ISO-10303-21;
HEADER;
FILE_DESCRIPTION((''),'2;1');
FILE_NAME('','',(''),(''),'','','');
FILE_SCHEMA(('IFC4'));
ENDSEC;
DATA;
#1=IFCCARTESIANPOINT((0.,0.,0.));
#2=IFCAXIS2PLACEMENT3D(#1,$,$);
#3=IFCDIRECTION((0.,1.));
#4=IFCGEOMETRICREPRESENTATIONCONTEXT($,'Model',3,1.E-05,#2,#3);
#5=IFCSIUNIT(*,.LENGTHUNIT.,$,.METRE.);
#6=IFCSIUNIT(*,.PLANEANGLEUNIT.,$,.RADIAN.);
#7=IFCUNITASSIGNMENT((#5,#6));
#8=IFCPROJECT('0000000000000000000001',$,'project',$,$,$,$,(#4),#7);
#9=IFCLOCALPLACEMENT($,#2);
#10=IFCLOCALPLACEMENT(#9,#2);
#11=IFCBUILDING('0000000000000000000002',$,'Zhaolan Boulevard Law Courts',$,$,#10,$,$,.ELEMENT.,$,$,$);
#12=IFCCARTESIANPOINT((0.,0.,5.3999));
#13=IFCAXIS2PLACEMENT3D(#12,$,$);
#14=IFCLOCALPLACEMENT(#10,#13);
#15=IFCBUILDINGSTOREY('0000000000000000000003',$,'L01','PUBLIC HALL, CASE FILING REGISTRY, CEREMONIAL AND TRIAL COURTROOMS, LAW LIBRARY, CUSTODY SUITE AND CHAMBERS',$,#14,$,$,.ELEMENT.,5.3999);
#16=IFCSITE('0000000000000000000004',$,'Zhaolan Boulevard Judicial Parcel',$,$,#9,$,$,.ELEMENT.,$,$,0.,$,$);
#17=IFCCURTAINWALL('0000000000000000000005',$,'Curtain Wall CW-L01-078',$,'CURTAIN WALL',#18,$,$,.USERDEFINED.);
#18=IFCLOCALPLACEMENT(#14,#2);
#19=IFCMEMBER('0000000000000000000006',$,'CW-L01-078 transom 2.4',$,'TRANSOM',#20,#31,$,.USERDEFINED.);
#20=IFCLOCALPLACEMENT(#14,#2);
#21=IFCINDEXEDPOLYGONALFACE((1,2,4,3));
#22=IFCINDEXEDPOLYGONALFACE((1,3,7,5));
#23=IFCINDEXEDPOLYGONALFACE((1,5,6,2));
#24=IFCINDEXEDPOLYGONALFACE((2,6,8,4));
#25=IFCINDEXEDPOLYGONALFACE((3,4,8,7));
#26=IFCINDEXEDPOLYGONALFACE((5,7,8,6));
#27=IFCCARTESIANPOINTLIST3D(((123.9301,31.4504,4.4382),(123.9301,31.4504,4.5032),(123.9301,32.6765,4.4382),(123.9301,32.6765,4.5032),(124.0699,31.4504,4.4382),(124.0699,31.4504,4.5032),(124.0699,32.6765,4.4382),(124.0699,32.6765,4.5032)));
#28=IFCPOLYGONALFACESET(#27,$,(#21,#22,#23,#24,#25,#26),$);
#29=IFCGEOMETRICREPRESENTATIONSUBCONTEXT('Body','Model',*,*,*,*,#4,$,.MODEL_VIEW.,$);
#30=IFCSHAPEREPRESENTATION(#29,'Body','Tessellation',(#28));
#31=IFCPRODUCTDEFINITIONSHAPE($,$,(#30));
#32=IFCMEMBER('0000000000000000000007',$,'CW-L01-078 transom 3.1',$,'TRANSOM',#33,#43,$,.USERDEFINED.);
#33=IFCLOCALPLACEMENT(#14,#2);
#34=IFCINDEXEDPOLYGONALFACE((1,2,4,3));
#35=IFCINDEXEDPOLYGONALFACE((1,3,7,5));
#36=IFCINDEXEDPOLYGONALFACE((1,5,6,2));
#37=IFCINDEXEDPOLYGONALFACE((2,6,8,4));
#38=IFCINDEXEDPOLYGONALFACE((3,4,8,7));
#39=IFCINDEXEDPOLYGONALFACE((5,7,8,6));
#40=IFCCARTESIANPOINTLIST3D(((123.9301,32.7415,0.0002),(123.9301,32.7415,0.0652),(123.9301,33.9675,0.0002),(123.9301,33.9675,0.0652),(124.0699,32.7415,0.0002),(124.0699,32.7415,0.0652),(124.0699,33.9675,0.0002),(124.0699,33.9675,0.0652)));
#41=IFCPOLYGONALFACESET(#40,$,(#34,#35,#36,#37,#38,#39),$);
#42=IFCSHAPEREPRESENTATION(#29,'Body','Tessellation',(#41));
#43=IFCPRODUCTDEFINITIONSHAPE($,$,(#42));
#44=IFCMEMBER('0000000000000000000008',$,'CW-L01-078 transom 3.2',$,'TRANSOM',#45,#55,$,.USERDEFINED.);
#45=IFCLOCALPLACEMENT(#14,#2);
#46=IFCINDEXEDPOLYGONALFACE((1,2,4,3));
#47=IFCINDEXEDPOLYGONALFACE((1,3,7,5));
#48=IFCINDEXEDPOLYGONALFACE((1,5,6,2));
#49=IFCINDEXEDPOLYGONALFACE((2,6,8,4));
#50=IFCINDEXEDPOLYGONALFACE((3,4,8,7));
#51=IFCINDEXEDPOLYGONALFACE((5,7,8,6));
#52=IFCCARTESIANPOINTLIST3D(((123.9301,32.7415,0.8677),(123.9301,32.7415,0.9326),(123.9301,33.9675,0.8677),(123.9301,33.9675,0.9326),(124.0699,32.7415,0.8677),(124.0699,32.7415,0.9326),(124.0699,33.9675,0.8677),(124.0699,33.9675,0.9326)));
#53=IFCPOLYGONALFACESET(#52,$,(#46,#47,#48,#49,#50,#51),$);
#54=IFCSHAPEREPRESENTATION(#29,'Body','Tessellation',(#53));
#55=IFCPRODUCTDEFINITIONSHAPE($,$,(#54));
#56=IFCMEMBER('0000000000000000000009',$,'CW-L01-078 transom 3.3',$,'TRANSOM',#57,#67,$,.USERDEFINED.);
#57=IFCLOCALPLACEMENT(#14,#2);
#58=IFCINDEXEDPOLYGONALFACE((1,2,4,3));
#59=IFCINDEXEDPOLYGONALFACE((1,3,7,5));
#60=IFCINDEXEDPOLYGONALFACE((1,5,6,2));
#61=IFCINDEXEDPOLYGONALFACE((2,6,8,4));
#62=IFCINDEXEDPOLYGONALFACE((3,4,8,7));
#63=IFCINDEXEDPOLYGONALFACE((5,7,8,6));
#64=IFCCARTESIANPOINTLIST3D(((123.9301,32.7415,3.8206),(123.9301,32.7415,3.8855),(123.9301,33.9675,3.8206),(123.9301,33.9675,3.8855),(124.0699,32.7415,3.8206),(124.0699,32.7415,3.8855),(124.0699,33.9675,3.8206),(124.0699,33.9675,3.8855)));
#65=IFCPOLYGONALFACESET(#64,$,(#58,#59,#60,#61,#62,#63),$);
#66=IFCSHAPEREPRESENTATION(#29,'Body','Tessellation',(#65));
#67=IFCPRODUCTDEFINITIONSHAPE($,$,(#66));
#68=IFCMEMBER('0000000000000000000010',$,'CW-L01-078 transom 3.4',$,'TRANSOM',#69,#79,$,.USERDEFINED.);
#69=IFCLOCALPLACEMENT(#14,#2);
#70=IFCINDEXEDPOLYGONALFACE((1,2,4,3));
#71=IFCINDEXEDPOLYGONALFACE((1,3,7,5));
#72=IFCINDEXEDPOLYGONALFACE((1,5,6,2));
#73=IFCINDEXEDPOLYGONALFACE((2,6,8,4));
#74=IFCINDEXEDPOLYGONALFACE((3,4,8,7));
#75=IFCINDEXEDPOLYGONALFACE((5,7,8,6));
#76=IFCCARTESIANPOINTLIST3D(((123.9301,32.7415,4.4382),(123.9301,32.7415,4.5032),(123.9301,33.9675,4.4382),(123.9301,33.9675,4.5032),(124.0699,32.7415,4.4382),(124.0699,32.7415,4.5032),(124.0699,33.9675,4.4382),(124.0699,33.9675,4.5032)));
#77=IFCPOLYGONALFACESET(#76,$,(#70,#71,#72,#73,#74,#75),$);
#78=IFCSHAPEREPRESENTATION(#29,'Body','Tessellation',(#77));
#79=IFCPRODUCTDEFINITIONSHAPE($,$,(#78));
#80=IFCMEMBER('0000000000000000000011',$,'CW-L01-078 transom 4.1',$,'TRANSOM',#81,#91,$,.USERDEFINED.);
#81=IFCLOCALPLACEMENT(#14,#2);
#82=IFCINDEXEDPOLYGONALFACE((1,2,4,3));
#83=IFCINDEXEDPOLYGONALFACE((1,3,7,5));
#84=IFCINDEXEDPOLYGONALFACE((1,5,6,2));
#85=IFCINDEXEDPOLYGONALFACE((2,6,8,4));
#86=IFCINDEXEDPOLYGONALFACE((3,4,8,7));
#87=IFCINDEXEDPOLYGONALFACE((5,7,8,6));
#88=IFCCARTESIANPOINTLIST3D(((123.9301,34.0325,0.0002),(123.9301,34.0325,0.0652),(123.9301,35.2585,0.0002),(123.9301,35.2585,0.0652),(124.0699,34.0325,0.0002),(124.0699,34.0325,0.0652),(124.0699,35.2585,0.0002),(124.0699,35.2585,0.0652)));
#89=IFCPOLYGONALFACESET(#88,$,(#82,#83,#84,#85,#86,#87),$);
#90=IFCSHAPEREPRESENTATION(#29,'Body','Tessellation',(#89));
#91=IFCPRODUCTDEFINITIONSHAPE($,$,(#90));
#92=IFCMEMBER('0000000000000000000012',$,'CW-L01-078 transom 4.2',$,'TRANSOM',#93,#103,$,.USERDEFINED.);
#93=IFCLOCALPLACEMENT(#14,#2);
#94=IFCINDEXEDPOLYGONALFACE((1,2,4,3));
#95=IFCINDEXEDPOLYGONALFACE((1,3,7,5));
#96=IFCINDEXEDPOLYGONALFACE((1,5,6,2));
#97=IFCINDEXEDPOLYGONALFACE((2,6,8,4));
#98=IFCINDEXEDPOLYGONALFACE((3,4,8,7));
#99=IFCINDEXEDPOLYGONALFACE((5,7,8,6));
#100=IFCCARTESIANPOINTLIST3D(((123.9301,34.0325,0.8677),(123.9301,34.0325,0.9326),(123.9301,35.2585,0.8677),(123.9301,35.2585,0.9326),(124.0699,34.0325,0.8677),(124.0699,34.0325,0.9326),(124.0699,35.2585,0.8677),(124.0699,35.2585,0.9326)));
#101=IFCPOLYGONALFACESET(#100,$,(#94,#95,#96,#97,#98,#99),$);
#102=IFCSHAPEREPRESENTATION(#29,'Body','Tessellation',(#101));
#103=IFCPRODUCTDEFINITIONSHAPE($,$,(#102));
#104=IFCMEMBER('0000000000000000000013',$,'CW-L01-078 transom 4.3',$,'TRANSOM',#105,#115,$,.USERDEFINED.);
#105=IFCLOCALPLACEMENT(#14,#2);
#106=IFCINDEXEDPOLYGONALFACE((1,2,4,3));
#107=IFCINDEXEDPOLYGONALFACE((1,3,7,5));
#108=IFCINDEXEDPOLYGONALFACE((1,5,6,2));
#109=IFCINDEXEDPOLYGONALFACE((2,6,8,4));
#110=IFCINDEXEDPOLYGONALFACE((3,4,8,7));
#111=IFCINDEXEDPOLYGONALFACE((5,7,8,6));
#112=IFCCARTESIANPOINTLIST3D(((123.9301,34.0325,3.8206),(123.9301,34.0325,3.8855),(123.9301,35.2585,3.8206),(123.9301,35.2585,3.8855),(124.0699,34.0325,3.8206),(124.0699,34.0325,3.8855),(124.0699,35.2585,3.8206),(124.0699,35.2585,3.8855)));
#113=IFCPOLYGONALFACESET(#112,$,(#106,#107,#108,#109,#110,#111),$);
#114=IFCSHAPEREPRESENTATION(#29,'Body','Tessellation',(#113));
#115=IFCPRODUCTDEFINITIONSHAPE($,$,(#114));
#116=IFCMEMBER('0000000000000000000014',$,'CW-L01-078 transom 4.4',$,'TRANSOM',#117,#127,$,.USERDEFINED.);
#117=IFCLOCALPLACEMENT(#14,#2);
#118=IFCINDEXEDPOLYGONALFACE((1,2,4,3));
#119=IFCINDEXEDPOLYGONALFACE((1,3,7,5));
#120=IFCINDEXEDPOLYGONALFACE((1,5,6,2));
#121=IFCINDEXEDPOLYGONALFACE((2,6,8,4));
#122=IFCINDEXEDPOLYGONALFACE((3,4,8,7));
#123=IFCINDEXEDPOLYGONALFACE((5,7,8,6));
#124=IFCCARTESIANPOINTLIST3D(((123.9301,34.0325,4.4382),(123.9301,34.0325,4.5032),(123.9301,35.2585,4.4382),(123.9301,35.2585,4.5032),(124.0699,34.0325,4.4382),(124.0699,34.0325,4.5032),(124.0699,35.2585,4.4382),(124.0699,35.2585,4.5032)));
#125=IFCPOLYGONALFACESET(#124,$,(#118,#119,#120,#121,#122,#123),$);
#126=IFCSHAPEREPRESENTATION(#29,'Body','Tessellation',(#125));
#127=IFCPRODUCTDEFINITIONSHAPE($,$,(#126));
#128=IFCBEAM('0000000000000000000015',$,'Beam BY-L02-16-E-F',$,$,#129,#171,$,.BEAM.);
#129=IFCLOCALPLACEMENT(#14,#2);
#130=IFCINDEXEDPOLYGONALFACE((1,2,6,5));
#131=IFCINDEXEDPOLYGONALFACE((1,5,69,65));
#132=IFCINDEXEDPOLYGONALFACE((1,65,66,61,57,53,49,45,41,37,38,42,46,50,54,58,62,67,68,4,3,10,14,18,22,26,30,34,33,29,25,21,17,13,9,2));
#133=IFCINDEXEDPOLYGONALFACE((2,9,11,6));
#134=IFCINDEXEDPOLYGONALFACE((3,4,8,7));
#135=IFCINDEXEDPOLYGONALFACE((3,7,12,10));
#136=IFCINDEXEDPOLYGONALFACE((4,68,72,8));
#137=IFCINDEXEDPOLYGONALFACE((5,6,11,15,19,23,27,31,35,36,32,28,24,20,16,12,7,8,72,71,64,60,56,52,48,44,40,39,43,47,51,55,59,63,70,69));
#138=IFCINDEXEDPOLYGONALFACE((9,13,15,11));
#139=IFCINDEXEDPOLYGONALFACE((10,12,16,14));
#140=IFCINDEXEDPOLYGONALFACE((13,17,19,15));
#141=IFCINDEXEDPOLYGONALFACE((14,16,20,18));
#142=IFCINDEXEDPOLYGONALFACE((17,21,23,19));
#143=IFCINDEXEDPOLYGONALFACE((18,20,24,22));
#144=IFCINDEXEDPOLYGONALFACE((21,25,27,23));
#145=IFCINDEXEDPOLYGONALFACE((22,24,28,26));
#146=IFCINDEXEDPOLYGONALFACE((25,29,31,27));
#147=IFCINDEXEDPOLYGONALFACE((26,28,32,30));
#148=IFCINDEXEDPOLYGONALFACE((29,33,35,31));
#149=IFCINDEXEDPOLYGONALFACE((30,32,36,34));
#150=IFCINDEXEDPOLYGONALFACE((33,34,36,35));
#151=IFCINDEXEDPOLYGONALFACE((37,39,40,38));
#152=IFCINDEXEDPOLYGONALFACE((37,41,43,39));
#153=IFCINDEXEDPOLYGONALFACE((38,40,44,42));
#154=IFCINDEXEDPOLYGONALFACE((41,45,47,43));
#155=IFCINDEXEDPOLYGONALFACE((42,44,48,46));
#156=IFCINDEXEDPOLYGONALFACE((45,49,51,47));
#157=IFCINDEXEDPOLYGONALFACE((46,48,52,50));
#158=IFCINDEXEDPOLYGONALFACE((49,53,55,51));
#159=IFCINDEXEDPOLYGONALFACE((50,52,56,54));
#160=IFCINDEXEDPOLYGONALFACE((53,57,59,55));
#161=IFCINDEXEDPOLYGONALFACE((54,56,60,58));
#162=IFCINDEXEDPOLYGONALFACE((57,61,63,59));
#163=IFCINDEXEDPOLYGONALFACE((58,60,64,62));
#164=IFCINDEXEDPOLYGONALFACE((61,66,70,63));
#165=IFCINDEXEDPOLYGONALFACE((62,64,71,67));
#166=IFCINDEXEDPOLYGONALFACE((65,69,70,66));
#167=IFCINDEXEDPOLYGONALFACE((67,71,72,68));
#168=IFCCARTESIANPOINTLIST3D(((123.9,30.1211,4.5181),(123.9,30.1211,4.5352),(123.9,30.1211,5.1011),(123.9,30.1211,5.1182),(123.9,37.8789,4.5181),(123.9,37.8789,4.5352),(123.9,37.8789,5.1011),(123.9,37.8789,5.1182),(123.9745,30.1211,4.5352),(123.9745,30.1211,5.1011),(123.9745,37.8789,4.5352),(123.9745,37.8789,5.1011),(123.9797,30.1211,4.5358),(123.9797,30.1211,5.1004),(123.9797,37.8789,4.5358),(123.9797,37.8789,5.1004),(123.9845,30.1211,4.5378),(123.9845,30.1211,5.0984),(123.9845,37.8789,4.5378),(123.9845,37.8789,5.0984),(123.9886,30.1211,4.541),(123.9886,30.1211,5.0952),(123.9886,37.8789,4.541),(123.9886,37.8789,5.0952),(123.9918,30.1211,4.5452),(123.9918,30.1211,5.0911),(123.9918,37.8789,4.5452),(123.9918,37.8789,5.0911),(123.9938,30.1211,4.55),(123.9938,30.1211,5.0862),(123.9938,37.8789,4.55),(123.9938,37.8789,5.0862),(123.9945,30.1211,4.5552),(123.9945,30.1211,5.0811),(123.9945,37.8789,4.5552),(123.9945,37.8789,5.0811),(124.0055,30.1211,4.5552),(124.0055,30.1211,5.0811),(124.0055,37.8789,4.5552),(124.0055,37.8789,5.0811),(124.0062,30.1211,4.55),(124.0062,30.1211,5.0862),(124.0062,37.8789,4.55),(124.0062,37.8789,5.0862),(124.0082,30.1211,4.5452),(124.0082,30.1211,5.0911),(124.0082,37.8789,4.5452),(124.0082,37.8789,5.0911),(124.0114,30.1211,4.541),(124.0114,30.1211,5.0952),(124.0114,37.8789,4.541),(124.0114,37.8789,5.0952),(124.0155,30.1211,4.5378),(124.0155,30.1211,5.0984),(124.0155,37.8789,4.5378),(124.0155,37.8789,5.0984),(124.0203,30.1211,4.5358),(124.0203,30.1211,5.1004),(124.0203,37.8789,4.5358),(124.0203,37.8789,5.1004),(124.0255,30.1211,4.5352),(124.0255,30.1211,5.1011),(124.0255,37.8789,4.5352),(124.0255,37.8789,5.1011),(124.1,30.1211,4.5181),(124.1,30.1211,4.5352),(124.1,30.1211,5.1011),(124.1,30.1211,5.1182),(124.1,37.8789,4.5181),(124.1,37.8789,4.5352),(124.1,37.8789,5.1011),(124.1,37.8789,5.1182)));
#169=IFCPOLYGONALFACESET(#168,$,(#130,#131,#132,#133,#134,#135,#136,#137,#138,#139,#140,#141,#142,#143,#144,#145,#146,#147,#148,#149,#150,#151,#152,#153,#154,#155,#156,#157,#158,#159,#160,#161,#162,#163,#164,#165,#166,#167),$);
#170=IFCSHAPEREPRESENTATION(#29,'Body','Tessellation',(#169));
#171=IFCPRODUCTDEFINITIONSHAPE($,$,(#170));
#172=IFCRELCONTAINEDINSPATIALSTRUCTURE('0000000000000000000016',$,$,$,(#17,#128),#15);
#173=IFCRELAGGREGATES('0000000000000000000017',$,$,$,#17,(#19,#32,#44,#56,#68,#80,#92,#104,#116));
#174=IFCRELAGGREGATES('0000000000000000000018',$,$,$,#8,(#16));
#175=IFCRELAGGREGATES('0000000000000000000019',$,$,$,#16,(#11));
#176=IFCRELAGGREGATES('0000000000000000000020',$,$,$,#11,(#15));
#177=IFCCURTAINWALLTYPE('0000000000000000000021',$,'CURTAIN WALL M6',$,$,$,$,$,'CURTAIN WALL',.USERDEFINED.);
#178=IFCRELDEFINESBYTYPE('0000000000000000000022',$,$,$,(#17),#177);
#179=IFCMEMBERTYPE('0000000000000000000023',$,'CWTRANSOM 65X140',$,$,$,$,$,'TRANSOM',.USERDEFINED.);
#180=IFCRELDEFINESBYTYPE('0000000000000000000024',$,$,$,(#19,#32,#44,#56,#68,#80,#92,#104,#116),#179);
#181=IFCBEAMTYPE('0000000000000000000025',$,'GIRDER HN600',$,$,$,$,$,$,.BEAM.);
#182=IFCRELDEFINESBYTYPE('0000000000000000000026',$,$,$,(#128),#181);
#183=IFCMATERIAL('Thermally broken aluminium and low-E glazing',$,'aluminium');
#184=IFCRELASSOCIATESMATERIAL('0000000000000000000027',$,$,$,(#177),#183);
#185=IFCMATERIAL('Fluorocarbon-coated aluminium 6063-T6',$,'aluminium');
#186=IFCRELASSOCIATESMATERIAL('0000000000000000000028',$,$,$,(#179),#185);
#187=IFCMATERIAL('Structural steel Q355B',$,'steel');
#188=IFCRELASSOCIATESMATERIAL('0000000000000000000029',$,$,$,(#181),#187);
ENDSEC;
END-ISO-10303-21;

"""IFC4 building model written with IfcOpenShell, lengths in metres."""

from ifc_helpers import new_model, si_unit, direction, frame, origin, origin_2d, place, context, subcontext, project, spatial, rectangle, i_section, extrude, material, material_profile, profile_set, type_object, element, aggregate, save


model = new_model("IFC4")

# Units and contexts
model_context = context("Model", 3, precision=1e-05, world=origin(), true_north=direction((0.0, 1.0)))
body_context = subcontext(model_context, "Body", "Model", "MODEL_VIEW")
ifc_project = project(units=[si_unit("LENGTHUNIT", "METRE"), si_unit("PLANEANGLEUNIT", "RADIAN")], contexts=[model_context])

# Site, building, storey
site_placement = place(None, origin())
site = spatial("IfcSite", under=ifc_project, at=site_placement, Name="Zhaolan Boulevard Judicial Parcel", CompositionType="ELEMENT", RefElevation=0.0)
building_placement = place(site_placement, origin())
building = spatial("IfcBuilding", under=site, at=building_placement, Name="Zhaolan Boulevard Law Courts", CompositionType="ELEMENT")
storey_placement = place(building_placement, frame((0.0, 0.0, 5.3999)))
storey = spatial("IfcBuildingStorey", under=building, at=storey_placement, Name="L01", Description="PUBLIC HALL, CASE FILING REGISTRY, CEREMONIAL AND TRIAL COURTROOMS, LAW LIBRARY, CUSTODY SUITE AND CHAMBERS", CompositionType="ELEMENT", Elevation=5.3999)

# Curtain wall, members
ifc_material_1 = material(Name="Thermally broken aluminium and low-E glazing", Category="aluminium")
curtain_wall_type = type_object("IfcCurtainWallType", Name="CURTAIN WALL M6", ElementType="CURTAIN WALL", PredefinedType="USERDEFINED", material=ifc_material_1)
curtain_wall_placement = place(storey_placement, origin())
curtain_wall = element("IfcCurtainWall", 1, at=curtain_wall_placement, inside=storey, type_object=curtain_wall_type, Name="Curtain Wall CW-L01-078", ObjectType="CURTAIN WALL", PredefinedType="USERDEFINED")
ifc_material_2 = material(Name="Fluorocarbon-coated aluminium 6063-T6", Category="aluminium")
ifc_material_profile_1 = material_profile(ifc_material_2, rectangle(XDim=0.1399, YDim=0.0649, at=origin_2d()), Name="AL65x140")
ifc_profile_set_1 = profile_set([ifc_material_profile_1], Name="Fluorocarbon-coated aluminium 6063-T6")
member_type_1 = type_object("IfcMemberType", Name="CWTRANSOM 65X140", ElementType="TRANSOM", PredefinedType="USERDEFINED", material=ifc_profile_set_1)
member_1_placement = place(storey_placement, frame((124.0, 31.4504, 4.4707), z_axis=(0.0, 1.0, 0.0), x_axis=(-1.0, 0.0, 0.0)))
member_1 = element("IfcMember", 2, at=member_1_placement, type_object=member_type_1, Name="CW-L01-078 transom 2.4", ObjectType="TRANSOM", PredefinedType="USERDEFINED", context=body_context, shape_type="SweptSolid", body=[
    extrude(rectangle(XDim=0.1399, YDim=0.0649, at=origin_2d()), origin(), (0.0, 0.0, 1.0), 1.2261),
])
member_2_placement = place(storey_placement, frame((124.0, 32.7415, 0.0327), z_axis=(0.0, 1.0, 0.0), x_axis=(-1.0, 0.0, 0.0)))
member_2 = element("IfcMember", 3, at=member_2_placement, type_object=member_type_1, Name="CW-L01-078 transom 3.1", ObjectType="TRANSOM", PredefinedType="USERDEFINED", context=body_context, shape_type="SweptSolid", body=[
    extrude(rectangle(XDim=0.1399, YDim=0.0649, at=origin_2d()), origin(), (0.0, 0.0, 1.0), 1.2261),
])
member_3_placement = place(storey_placement, frame((124.0, 32.7415, 0.9001), z_axis=(0.0, 1.0, 0.0), x_axis=(-1.0, 0.0, 0.0)))
member_3 = element("IfcMember", 4, at=member_3_placement, type_object=member_type_1, Name="CW-L01-078 transom 3.2", ObjectType="TRANSOM", PredefinedType="USERDEFINED", context=body_context, shape_type="SweptSolid", body=[
    extrude(rectangle(XDim=0.1399, YDim=0.0649, at=origin_2d()), origin(), (0.0, 0.0, 1.0), 1.2261),
])
member_4_placement = place(storey_placement, frame((124.0, 32.7415, 3.853), z_axis=(0.0, 1.0, 0.0), x_axis=(-1.0, 0.0, 0.0)))
member_4 = element("IfcMember", 5, at=member_4_placement, type_object=member_type_1, Name="CW-L01-078 transom 3.3", ObjectType="TRANSOM", PredefinedType="USERDEFINED", context=body_context, shape_type="SweptSolid", body=[
    extrude(rectangle(XDim=0.1399, YDim=0.0649, at=origin_2d()), origin(), (0.0, 0.0, 1.0), 1.2261),
])
member_5_placement = place(storey_placement, frame((124.0, 32.7415, 4.4707), z_axis=(0.0, 1.0, 0.0), x_axis=(-1.0, 0.0, 0.0)))
member_5 = element("IfcMember", 6, at=member_5_placement, type_object=member_type_1, Name="CW-L01-078 transom 3.4", ObjectType="TRANSOM", PredefinedType="USERDEFINED", context=body_context, shape_type="SweptSolid", body=[
    extrude(rectangle(XDim=0.1399, YDim=0.0649, at=origin_2d()), origin(), (0.0, 0.0, 1.0), 1.2261),
])
member_6_placement = place(storey_placement, frame((124.0, 34.0325, 0.0327), z_axis=(0.0, 1.0, 0.0), x_axis=(-1.0, 0.0, 0.0)))
member_6 = element("IfcMember", 7, at=member_6_placement, type_object=member_type_1, Name="CW-L01-078 transom 4.1", ObjectType="TRANSOM", PredefinedType="USERDEFINED", context=body_context, shape_type="SweptSolid", body=[
    extrude(rectangle(XDim=0.1399, YDim=0.0649, at=origin_2d()), origin(), (0.0, 0.0, 1.0), 1.2261),
])
member_7_placement = place(storey_placement, frame((124.0, 34.0325, 0.9001), z_axis=(0.0, 1.0, 0.0), x_axis=(-1.0, 0.0, 0.0)))
member_7 = element("IfcMember", 8, at=member_7_placement, type_object=member_type_1, Name="CW-L01-078 transom 4.2", ObjectType="TRANSOM", PredefinedType="USERDEFINED", context=body_context, shape_type="SweptSolid", body=[
    extrude(rectangle(XDim=0.1399, YDim=0.0649, at=origin_2d()), origin(), (0.0, 0.0, 1.0), 1.2261),
])
member_8_placement = place(storey_placement, frame((124.0, 34.0325, 3.853), z_axis=(0.0, 1.0, 0.0), x_axis=(-1.0, 0.0, 0.0)))
member_8 = element("IfcMember", 9, at=member_8_placement, type_object=member_type_1, Name="CW-L01-078 transom 4.3", ObjectType="TRANSOM", PredefinedType="USERDEFINED", context=body_context, shape_type="SweptSolid", body=[
    extrude(rectangle(XDim=0.1399, YDim=0.0649, at=origin_2d()), origin(), (0.0, 0.0, 1.0), 1.2261),
])
member_9_placement = place(storey_placement, frame((124.0, 34.0325, 4.4707), z_axis=(0.0, 1.0, 0.0), x_axis=(-1.0, 0.0, 0.0)))
member_9 = element("IfcMember", 10, at=member_9_placement, type_object=member_type_1, Name="CW-L01-078 transom 4.4", ObjectType="TRANSOM", PredefinedType="USERDEFINED", context=body_context, shape_type="SweptSolid", body=[
    extrude(rectangle(XDim=0.1399, YDim=0.0649, at=origin_2d()), origin(), (0.0, 0.0, 1.0), 1.2261),
])

# Beam
ifc_material_3 = material(Name="Structural steel Q355B", Category="steel")
ifc_material_profile_2 = material_profile(ifc_material_3, i_section(OverallWidth=0.2, OverallDepth=0.6001, WebThickness=0.011, FlangeThickness=0.0171, FilletRadius=0.02, at=origin_2d()), Name="HN600x200")
ifc_profile_set_2 = profile_set([ifc_material_profile_2], Name="Structural steel Q355B")
beam_type_1 = type_object("IfcBeamType", Name="GIRDER HN600", PredefinedType="BEAM", material=ifc_profile_set_2)
beam_1_placement = place(storey_placement, frame((124.0, 30.1211, 4.8181), z_axis=(0.0, 1.0, 0.0), x_axis=(-1.0, 0.0, 0.0)))
element("IfcBeam", 11, at=beam_1_placement, inside=storey, type_object=beam_type_1, Name="Beam BY-L02-16-E-F", PredefinedType="BEAM", context=body_context, shape_type="SweptSolid", body=[
    extrude(i_section(OverallWidth=0.2, OverallDepth=0.6001, WebThickness=0.011, FlangeThickness=0.0171, FilletRadius=0.02, at=origin_2d()), origin(), (0.0, 0.0, 1.0), 7.7578),
])

aggregate(curtain_wall, [member_1, member_2, member_3, member_4, member_5, member_6, member_7, member_8, member_9])

save(model, "model.ifc")
